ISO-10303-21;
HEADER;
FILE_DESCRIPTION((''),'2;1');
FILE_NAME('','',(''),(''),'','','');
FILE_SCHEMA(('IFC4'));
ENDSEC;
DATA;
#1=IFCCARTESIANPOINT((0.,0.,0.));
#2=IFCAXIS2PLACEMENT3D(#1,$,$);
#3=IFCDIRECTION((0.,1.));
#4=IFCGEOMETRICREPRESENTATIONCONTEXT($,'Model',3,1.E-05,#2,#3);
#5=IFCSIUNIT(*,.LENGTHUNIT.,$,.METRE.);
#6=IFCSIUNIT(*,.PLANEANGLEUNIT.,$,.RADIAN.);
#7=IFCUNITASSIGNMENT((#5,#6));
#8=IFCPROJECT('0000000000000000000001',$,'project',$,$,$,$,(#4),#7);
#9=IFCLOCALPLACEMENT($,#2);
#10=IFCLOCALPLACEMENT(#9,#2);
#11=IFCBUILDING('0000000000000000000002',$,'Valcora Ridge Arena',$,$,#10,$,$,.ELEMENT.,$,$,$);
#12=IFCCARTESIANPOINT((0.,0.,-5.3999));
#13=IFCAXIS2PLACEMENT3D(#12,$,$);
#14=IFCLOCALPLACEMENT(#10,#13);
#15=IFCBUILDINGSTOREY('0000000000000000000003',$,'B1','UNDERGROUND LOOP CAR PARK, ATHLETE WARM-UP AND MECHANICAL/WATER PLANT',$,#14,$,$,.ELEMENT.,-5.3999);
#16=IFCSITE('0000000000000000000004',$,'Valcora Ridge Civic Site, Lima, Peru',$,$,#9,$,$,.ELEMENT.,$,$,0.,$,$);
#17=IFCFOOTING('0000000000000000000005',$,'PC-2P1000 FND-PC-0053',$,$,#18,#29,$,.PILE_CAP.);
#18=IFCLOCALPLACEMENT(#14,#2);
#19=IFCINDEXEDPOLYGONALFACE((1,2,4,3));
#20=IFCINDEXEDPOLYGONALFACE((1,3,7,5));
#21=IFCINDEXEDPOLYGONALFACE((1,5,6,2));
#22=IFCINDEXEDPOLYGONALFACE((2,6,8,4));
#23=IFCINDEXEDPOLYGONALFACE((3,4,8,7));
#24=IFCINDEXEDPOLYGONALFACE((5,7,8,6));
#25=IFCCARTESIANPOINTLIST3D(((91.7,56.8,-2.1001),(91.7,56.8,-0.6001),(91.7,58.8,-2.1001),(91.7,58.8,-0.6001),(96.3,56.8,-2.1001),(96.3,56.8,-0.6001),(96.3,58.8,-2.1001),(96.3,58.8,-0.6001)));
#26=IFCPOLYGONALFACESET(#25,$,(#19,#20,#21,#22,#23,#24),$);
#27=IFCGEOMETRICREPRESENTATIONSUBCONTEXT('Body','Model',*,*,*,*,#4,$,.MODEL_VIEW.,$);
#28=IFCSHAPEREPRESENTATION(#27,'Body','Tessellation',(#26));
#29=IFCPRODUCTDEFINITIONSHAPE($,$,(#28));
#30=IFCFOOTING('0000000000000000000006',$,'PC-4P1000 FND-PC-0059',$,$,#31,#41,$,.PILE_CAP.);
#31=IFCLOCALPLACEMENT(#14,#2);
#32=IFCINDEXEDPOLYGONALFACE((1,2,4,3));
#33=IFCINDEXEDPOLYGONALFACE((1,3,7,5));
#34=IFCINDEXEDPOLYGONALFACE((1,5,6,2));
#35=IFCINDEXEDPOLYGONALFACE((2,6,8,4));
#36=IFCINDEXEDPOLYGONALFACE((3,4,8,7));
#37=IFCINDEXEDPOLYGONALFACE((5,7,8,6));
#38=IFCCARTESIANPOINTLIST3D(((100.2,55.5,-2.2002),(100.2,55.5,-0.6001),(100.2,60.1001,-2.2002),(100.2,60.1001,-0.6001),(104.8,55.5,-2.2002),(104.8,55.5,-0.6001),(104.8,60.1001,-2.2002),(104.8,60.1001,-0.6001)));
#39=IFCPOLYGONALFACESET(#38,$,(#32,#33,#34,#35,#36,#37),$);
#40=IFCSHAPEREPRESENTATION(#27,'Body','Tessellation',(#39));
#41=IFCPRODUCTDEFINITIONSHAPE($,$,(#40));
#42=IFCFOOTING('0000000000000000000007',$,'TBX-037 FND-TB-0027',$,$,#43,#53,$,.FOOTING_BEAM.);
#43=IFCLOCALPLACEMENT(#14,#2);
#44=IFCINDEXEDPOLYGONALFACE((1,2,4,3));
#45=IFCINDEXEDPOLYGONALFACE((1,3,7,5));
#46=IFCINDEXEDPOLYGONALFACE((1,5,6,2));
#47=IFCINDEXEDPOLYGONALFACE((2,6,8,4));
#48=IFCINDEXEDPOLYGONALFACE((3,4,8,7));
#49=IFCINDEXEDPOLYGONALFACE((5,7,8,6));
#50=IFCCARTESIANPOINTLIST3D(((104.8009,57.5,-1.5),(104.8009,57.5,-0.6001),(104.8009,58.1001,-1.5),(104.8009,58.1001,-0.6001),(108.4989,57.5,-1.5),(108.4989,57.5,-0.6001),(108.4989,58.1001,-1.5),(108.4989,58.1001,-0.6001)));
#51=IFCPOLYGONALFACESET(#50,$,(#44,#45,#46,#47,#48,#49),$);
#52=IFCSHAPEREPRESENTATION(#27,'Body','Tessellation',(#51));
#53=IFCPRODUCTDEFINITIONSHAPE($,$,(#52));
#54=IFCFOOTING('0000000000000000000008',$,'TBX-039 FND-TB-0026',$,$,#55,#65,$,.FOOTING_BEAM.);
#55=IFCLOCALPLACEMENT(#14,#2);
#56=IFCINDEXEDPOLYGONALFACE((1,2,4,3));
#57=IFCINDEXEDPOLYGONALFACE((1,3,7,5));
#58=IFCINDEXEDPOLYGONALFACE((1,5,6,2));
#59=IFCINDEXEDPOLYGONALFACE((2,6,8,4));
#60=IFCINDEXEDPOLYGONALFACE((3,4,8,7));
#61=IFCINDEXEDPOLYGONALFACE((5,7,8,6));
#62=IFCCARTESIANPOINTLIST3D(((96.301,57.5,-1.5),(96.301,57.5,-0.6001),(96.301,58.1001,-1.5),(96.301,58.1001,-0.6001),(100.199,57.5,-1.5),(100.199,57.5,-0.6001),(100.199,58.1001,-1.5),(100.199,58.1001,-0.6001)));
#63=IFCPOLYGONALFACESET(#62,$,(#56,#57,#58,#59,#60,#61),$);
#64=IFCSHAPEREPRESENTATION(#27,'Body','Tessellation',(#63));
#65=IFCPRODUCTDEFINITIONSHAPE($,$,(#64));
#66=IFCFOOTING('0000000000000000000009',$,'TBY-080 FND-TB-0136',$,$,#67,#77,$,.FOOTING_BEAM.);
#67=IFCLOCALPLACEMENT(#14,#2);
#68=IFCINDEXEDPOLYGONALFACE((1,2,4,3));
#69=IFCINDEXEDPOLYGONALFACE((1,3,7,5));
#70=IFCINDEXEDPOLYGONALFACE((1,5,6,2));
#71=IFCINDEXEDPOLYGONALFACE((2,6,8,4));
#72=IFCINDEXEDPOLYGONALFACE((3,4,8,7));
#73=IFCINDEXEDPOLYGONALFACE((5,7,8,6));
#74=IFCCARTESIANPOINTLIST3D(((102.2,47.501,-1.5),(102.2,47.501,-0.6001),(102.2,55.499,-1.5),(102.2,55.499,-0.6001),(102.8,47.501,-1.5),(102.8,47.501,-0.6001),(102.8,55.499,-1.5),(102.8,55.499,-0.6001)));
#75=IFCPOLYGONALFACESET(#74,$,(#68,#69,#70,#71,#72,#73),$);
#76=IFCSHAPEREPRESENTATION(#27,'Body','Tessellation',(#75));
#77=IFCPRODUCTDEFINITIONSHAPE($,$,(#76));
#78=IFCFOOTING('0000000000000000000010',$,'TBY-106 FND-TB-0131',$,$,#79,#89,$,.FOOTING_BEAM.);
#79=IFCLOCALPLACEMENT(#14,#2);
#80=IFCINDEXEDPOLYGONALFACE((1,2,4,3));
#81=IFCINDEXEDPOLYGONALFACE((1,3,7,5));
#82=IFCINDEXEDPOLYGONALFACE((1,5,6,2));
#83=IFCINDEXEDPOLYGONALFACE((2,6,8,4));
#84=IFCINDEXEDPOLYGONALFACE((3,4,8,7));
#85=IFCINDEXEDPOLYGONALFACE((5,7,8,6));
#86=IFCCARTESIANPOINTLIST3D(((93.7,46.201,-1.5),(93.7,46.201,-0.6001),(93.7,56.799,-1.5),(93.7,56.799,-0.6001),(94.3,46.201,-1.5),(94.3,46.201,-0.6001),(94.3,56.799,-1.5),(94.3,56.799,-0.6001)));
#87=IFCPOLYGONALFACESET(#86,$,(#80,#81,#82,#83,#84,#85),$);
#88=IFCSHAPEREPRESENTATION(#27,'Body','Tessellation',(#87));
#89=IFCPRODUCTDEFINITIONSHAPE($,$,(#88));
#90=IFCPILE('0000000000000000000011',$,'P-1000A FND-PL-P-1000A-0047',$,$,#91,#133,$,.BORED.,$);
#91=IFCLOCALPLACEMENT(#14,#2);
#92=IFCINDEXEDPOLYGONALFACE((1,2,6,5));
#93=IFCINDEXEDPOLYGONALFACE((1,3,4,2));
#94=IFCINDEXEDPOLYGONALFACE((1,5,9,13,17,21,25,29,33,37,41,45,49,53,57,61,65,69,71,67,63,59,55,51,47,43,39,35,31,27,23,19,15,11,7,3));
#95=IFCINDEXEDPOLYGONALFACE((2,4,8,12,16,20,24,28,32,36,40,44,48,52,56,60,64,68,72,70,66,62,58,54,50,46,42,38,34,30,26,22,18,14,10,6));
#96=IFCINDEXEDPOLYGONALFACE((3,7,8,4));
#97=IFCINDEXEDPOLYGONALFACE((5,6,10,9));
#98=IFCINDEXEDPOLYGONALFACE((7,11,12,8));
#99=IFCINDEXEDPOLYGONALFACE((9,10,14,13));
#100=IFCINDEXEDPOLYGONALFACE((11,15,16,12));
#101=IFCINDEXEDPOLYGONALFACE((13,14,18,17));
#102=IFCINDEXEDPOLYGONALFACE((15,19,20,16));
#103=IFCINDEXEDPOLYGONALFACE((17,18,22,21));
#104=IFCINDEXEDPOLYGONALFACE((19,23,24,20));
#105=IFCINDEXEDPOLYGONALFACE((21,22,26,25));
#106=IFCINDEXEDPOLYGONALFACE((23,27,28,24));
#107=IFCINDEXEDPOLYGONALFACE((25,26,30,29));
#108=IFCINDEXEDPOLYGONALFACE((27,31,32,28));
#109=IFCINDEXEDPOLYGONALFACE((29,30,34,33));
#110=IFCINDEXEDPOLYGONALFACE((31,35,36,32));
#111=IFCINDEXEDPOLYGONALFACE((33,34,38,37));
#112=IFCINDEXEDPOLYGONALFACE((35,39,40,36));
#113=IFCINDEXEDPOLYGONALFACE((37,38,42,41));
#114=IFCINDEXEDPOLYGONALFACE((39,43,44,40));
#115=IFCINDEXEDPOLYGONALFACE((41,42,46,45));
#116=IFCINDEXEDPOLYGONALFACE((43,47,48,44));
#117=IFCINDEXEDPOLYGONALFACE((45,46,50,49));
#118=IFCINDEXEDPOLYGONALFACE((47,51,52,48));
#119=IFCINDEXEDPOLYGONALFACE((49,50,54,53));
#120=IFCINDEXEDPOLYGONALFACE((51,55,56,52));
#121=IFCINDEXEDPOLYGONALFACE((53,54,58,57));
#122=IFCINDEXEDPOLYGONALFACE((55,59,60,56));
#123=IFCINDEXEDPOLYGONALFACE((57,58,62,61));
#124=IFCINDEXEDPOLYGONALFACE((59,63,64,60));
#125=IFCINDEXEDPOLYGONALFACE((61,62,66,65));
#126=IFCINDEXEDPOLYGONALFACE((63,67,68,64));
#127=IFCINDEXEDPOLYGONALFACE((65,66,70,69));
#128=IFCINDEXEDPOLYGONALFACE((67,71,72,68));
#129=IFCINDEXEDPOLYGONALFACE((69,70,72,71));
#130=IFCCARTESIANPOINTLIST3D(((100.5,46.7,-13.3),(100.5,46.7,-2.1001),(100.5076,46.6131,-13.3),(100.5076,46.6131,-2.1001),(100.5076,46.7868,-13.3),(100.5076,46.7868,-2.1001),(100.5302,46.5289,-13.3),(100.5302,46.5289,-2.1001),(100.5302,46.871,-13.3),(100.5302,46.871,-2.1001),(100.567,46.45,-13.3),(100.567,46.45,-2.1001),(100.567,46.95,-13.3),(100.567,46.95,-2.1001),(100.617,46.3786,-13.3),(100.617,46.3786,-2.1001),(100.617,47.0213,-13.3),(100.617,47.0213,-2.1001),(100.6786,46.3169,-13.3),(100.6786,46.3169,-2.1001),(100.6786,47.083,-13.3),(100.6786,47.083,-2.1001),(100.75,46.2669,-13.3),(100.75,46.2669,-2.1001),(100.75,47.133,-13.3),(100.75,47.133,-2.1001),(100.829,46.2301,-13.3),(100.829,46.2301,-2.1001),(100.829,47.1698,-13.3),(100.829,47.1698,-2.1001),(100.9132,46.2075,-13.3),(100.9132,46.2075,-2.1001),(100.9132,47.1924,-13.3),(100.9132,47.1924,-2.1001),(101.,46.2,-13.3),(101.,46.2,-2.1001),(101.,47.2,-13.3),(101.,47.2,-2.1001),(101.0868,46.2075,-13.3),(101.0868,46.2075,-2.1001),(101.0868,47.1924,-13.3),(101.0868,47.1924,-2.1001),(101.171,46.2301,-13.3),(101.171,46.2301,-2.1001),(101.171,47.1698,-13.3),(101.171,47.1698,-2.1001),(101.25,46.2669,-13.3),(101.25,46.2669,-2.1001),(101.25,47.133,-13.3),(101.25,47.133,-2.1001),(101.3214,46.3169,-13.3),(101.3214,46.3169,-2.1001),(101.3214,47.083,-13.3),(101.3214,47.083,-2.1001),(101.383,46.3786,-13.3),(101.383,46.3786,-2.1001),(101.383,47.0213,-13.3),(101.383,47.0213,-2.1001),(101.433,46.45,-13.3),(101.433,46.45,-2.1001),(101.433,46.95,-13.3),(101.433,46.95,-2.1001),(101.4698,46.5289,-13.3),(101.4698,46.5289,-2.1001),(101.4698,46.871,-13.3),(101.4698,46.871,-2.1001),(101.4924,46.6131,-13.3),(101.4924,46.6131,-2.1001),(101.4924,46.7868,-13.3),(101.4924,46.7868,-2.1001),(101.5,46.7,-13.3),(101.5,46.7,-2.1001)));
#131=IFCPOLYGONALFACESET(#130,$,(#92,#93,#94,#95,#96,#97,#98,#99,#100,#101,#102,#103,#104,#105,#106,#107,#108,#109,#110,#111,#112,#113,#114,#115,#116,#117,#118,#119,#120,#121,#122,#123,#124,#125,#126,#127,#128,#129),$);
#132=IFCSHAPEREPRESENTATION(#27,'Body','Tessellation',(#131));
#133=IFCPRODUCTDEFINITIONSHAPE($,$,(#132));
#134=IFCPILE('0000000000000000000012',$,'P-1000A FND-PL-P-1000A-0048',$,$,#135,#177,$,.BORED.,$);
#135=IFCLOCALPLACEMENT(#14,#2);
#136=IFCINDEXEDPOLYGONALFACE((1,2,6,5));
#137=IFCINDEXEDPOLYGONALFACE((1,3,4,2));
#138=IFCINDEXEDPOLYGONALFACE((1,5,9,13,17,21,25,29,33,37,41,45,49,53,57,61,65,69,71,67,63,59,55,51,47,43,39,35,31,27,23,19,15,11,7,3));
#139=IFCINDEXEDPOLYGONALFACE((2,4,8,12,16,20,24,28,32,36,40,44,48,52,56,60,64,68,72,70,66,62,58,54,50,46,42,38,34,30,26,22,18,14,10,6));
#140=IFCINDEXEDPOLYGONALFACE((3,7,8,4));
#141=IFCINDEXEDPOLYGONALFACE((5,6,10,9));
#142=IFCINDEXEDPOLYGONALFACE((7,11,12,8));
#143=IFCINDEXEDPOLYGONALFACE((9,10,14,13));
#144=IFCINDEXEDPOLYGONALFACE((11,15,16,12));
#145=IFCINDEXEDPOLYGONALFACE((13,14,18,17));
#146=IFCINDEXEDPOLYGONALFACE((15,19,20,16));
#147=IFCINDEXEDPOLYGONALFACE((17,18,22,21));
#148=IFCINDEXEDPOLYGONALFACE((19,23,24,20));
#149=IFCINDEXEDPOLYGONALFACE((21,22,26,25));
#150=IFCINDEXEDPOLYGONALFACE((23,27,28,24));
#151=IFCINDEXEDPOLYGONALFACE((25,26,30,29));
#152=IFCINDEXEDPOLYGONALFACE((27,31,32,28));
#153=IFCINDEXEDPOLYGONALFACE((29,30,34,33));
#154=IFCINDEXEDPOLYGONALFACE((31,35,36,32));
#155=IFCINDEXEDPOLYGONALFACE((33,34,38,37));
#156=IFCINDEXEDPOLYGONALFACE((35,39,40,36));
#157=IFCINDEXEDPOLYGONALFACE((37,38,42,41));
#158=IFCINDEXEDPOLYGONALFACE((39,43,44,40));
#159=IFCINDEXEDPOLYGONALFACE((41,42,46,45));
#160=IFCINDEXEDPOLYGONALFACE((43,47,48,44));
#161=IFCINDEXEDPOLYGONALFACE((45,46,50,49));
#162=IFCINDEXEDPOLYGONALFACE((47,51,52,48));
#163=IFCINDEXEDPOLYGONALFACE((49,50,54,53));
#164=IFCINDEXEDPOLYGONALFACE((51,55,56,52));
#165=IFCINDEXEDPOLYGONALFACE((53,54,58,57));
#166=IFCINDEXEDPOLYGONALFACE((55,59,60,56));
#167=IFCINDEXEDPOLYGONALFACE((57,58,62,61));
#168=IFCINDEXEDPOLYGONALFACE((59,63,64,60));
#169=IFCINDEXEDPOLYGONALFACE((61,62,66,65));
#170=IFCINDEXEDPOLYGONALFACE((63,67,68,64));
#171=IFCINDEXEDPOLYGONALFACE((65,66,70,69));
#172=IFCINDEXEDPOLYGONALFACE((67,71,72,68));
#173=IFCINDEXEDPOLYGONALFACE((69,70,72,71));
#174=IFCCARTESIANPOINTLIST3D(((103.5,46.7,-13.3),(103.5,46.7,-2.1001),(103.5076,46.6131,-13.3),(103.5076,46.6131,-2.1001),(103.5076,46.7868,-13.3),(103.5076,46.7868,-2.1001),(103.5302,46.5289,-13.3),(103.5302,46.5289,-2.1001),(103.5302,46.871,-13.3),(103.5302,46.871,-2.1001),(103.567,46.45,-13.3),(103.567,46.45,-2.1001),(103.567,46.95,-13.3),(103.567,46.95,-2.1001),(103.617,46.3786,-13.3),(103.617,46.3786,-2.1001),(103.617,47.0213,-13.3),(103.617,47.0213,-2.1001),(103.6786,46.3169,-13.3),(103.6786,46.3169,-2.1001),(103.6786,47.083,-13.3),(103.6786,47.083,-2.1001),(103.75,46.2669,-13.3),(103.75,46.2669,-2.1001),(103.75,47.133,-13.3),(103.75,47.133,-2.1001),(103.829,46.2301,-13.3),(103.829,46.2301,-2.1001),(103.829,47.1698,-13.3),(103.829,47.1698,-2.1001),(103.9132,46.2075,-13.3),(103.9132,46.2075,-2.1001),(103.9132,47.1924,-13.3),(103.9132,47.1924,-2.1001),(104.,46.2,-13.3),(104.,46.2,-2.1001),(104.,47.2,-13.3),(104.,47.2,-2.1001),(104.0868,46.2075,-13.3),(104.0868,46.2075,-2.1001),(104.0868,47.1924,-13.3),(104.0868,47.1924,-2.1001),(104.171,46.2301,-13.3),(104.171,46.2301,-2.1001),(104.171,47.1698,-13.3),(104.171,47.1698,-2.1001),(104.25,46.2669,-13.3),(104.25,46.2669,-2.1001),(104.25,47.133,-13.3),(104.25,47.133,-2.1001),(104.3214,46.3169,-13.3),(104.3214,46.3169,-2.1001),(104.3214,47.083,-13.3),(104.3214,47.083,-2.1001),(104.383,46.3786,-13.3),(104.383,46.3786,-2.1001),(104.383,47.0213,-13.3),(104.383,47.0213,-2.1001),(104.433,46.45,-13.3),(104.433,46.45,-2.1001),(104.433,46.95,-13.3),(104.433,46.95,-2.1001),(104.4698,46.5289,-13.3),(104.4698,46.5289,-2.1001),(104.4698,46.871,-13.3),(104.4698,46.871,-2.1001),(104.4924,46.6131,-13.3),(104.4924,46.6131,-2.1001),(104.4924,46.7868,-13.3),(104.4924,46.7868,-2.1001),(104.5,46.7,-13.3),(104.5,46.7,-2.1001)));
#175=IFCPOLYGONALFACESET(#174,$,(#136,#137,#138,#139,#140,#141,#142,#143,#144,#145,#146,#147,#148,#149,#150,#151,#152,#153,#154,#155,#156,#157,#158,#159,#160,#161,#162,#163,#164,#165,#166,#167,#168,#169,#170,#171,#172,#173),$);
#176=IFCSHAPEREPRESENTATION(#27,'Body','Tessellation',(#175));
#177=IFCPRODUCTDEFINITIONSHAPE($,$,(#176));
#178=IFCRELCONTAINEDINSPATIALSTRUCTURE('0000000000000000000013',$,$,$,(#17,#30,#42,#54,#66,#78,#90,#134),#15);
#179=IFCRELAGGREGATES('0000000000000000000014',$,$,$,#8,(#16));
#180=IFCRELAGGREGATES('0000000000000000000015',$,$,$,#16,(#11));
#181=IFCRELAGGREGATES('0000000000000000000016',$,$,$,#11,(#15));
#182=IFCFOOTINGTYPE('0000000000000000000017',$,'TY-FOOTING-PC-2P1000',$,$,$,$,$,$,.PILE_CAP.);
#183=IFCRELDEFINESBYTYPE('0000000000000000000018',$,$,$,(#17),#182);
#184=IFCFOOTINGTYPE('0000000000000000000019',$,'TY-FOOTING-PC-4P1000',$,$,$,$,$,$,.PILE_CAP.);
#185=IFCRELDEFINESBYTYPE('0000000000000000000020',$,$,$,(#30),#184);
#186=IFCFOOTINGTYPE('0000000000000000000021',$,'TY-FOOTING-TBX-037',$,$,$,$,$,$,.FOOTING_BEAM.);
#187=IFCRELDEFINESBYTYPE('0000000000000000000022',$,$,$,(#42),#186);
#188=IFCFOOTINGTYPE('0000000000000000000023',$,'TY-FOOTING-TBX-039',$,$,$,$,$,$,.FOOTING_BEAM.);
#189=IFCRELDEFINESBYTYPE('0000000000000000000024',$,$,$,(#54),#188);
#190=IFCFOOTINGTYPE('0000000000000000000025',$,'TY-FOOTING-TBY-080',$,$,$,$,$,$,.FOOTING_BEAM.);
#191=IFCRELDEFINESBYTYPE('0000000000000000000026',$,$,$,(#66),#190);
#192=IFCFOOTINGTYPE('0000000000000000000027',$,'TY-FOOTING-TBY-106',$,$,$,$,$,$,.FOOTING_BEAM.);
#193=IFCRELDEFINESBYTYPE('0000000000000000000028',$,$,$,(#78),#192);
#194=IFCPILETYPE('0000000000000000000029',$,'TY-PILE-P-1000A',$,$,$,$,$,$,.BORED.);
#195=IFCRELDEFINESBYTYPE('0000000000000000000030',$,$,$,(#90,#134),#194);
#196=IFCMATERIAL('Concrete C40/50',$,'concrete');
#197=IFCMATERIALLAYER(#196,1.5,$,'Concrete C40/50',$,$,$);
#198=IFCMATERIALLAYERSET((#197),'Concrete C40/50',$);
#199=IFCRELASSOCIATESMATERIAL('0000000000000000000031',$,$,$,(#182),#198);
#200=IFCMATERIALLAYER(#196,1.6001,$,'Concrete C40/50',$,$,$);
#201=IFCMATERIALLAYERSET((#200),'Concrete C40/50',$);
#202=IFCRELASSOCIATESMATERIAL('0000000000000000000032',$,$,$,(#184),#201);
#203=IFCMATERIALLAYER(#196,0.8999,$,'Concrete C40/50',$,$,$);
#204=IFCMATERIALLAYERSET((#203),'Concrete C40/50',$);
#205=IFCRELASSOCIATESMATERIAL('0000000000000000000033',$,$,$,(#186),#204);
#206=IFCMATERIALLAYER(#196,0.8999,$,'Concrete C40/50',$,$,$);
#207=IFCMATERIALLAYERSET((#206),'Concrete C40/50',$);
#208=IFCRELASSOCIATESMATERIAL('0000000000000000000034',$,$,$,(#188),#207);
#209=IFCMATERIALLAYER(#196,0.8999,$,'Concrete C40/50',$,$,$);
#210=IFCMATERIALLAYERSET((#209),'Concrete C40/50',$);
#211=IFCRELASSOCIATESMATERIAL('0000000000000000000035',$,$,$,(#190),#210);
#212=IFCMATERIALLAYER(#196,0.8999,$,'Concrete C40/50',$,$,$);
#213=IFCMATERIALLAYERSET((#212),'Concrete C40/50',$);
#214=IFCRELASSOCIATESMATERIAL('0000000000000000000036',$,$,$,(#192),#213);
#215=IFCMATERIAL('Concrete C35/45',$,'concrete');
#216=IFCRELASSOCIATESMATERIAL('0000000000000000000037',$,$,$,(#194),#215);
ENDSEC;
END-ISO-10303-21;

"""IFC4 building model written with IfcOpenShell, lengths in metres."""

from ifc_helpers import new_model, si_unit, direction, frame, origin, origin_2d, place, context, subcontext, project, spatial, rectangle, circle, extrude, material, layer, layer_set, material_profile, profile_set, type_object, element, save


model = new_model("IFC4")

# Units and contexts
model_context = context("Model", 3, precision=1e-05, world=origin(), true_north=direction((0.0, 1.0)))
body_context = subcontext(model_context, "Body", "Model", "MODEL_VIEW")
ifc_project = project(units=[si_unit("LENGTHUNIT", "METRE"), si_unit("PLANEANGLEUNIT", "RADIAN")], contexts=[model_context])

# Site, building, storey
site_placement = place(None, origin())
site = spatial("IfcSite", under=ifc_project, at=site_placement, Name="Valcora Ridge Civic Site, Lima, Peru", CompositionType="ELEMENT", RefElevation=0.0)
building_placement = place(site_placement, origin())
building = spatial("IfcBuilding", under=site, at=building_placement, Name="Valcora Ridge Arena", CompositionType="ELEMENT")
storey_placement = place(building_placement, frame((0.0, 0.0, -5.3999)))
storey = spatial("IfcBuildingStorey", under=building, at=storey_placement, Name="B1", Description="UNDERGROUND LOOP CAR PARK, ATHLETE WARM-UP AND MECHANICAL/WATER PLANT", CompositionType="ELEMENT", Elevation=-5.3999)

# Footings
ifc_material_1 = material(Name="Concrete C40/50", Category="concrete")
ifc_layer_1 = layer(ifc_material_1, 1.5, Name="Concrete C40/50")
ifc_layer_set_1 = layer_set([ifc_layer_1], Name="Concrete C40/50")
footing_type_1 = type_object("IfcFootingType", Name="TY-FOOTING-PC-2P1000", PredefinedType="PILE_CAP", material=ifc_layer_set_1)
footing_1_placement = place(storey_placement, frame((94.0, 57.8, -2.1001), z_axis=(0.0, 0.0, 1.0), x_axis=(1.0, 0.0, 0.0)))
element("IfcFooting", 1, at=footing_1_placement, inside=storey, type_object=footing_type_1, Name="PC-2P1000 FND-PC-0053", PredefinedType="PILE_CAP", context=body_context, shape_type="SweptSolid", body=[
    extrude(rectangle(XDim=4.6001, YDim=2.0, at=origin_2d()), origin(), (0.0, 0.0, 1.0), 1.5),
])
ifc_layer_2 = layer(ifc_material_1, 1.6001, Name="Concrete C40/50")
ifc_layer_set_2 = layer_set([ifc_layer_2], Name="Concrete C40/50")
footing_type_2 = type_object("IfcFootingType", Name="TY-FOOTING-PC-4P1000", PredefinedType="PILE_CAP", material=ifc_layer_set_2)
footing_2_placement = place(storey_placement, frame((102.5, 57.8, -2.2002), z_axis=(0.0, 0.0, 1.0), x_axis=(1.0, 0.0, 0.0)))
element("IfcFooting", 2, at=footing_2_placement, inside=storey, type_object=footing_type_2, Name="PC-4P1000 FND-PC-0059", PredefinedType="PILE_CAP", context=body_context, shape_type="SweptSolid", body=[
    extrude(rectangle(XDim=4.6001, YDim=4.6001, at=origin_2d()), origin(), (0.0, 0.0, 1.0), 1.6001),
])
ifc_layer_3 = layer(ifc_material_1, 0.8999, Name="Concrete C40/50")
ifc_layer_set_3 = layer_set([ifc_layer_3], Name="Concrete C40/50")
footing_type_3 = type_object("IfcFootingType", Name="TY-FOOTING-TBX-037", PredefinedType="FOOTING_BEAM", material=ifc_layer_set_3)
footing_3_placement = place(storey_placement, frame((106.6499, 57.8, -1.5), z_axis=(0.0, 0.0, 1.0), x_axis=(1.0, 0.0, 0.0)))
element("IfcFooting", 3, at=footing_3_placement, inside=storey, type_object=footing_type_3, Name="TBX-037 FND-TB-0027", PredefinedType="FOOTING_BEAM", context=body_context, shape_type="SweptSolid", body=[
    extrude(rectangle(XDim=3.698, YDim=0.6001, at=origin_2d()), origin(), (0.0, 0.0, 1.0), 0.8999),
])
ifc_layer_4 = layer(ifc_material_1, 0.8999, Name="Concrete C40/50")
ifc_layer_set_4 = layer_set([ifc_layer_4], Name="Concrete C40/50")
footing_type_4 = type_object("IfcFootingType", Name="TY-FOOTING-TBX-039", PredefinedType="FOOTING_BEAM", material=ifc_layer_set_4)
footing_4_placement = place(storey_placement, frame((98.25, 57.8, -1.5), z_axis=(0.0, 0.0, 1.0), x_axis=(1.0, 0.0, 0.0)))
element("IfcFooting", 4, at=footing_4_placement, inside=storey, type_object=footing_type_4, Name="TBX-039 FND-TB-0026", PredefinedType="FOOTING_BEAM", context=body_context, shape_type="SweptSolid", body=[
    extrude(rectangle(XDim=3.8979, YDim=0.6001, at=origin_2d()), origin(), (0.0, 0.0, 1.0), 0.8999),
])
ifc_layer_5 = layer(ifc_material_1, 0.8999, Name="Concrete C40/50")
ifc_layer_set_5 = layer_set([ifc_layer_5], Name="Concrete C40/50")
footing_type_5 = type_object("IfcFootingType", Name="TY-FOOTING-TBY-080", PredefinedType="FOOTING_BEAM", material=ifc_layer_set_5)
footing_5_placement = place(storey_placement, frame((102.5, 51.5, -1.5), z_axis=(0.0, 0.0, 1.0), x_axis=(1.0, 0.0, 0.0)))
element("IfcFooting", 5, at=footing_5_placement, inside=storey, type_object=footing_type_5, Name="TBY-080 FND-TB-0136", PredefinedType="FOOTING_BEAM", context=body_context, shape_type="SweptSolid", body=[
    extrude(rectangle(XDim=0.6001, YDim=7.998, at=origin_2d()), origin(), (0.0, 0.0, 1.0), 0.8999),
])
ifc_layer_6 = layer(ifc_material_1, 0.8999, Name="Concrete C40/50")
ifc_layer_set_6 = layer_set([ifc_layer_6], Name="Concrete C40/50")
footing_type_6 = type_object("IfcFootingType", Name="TY-FOOTING-TBY-106", PredefinedType="FOOTING_BEAM", material=ifc_layer_set_6)
footing_6_placement = place(storey_placement, frame((94.0, 51.5, -1.5), z_axis=(0.0, 0.0, 1.0), x_axis=(1.0, 0.0, 0.0)))
element("IfcFooting", 6, at=footing_6_placement, inside=storey, type_object=footing_type_6, Name="TBY-106 FND-TB-0131", PredefinedType="FOOTING_BEAM", context=body_context, shape_type="SweptSolid", body=[
    extrude(rectangle(XDim=0.6001, YDim=10.5979, at=origin_2d()), origin(), (0.0, 0.0, 1.0), 0.8999),
])

# Piles
ifc_material_2 = material(Name="Concrete C35/45", Category="concrete")
ifc_material_profile_1 = material_profile(ifc_material_2, circle(Radius=0.5, at=origin_2d()), Name="BORED PILE D1000")
ifc_profile_set_1 = profile_set([ifc_material_profile_1], Name="Concrete C35/45")
pile_type_1 = type_object("IfcPileType", Name="TY-PILE-P-1000A", PredefinedType="BORED", material=ifc_profile_set_1)
for number, where, z_axis, x_axis, name in (
    (7, (101.0, 46.7, -2.1001), (0.0, 0.0, -1.0), (1.0, 0.0, 0.0), "P-1000A FND-PL-P-1000A-0047"),
    (8, (104.0, 46.7, -2.1001), (0.0, 0.0, -1.0), (1.0, 0.0, 0.0), "P-1000A FND-PL-P-1000A-0048"),
):
    element("IfcPile", number, at=place(storey_placement, frame(where, z_axis=z_axis, x_axis=x_axis)), inside=storey, type_object=pile_type_1, Name=name, PredefinedType="BORED", context=body_context, shape_type="SweptSolid", body=[
        extrude(circle(Radius=0.5, at=origin_2d()), origin(), (0.0, 0.0, 1.0), 11.2),
    ])

save(model, "model.ifc")
